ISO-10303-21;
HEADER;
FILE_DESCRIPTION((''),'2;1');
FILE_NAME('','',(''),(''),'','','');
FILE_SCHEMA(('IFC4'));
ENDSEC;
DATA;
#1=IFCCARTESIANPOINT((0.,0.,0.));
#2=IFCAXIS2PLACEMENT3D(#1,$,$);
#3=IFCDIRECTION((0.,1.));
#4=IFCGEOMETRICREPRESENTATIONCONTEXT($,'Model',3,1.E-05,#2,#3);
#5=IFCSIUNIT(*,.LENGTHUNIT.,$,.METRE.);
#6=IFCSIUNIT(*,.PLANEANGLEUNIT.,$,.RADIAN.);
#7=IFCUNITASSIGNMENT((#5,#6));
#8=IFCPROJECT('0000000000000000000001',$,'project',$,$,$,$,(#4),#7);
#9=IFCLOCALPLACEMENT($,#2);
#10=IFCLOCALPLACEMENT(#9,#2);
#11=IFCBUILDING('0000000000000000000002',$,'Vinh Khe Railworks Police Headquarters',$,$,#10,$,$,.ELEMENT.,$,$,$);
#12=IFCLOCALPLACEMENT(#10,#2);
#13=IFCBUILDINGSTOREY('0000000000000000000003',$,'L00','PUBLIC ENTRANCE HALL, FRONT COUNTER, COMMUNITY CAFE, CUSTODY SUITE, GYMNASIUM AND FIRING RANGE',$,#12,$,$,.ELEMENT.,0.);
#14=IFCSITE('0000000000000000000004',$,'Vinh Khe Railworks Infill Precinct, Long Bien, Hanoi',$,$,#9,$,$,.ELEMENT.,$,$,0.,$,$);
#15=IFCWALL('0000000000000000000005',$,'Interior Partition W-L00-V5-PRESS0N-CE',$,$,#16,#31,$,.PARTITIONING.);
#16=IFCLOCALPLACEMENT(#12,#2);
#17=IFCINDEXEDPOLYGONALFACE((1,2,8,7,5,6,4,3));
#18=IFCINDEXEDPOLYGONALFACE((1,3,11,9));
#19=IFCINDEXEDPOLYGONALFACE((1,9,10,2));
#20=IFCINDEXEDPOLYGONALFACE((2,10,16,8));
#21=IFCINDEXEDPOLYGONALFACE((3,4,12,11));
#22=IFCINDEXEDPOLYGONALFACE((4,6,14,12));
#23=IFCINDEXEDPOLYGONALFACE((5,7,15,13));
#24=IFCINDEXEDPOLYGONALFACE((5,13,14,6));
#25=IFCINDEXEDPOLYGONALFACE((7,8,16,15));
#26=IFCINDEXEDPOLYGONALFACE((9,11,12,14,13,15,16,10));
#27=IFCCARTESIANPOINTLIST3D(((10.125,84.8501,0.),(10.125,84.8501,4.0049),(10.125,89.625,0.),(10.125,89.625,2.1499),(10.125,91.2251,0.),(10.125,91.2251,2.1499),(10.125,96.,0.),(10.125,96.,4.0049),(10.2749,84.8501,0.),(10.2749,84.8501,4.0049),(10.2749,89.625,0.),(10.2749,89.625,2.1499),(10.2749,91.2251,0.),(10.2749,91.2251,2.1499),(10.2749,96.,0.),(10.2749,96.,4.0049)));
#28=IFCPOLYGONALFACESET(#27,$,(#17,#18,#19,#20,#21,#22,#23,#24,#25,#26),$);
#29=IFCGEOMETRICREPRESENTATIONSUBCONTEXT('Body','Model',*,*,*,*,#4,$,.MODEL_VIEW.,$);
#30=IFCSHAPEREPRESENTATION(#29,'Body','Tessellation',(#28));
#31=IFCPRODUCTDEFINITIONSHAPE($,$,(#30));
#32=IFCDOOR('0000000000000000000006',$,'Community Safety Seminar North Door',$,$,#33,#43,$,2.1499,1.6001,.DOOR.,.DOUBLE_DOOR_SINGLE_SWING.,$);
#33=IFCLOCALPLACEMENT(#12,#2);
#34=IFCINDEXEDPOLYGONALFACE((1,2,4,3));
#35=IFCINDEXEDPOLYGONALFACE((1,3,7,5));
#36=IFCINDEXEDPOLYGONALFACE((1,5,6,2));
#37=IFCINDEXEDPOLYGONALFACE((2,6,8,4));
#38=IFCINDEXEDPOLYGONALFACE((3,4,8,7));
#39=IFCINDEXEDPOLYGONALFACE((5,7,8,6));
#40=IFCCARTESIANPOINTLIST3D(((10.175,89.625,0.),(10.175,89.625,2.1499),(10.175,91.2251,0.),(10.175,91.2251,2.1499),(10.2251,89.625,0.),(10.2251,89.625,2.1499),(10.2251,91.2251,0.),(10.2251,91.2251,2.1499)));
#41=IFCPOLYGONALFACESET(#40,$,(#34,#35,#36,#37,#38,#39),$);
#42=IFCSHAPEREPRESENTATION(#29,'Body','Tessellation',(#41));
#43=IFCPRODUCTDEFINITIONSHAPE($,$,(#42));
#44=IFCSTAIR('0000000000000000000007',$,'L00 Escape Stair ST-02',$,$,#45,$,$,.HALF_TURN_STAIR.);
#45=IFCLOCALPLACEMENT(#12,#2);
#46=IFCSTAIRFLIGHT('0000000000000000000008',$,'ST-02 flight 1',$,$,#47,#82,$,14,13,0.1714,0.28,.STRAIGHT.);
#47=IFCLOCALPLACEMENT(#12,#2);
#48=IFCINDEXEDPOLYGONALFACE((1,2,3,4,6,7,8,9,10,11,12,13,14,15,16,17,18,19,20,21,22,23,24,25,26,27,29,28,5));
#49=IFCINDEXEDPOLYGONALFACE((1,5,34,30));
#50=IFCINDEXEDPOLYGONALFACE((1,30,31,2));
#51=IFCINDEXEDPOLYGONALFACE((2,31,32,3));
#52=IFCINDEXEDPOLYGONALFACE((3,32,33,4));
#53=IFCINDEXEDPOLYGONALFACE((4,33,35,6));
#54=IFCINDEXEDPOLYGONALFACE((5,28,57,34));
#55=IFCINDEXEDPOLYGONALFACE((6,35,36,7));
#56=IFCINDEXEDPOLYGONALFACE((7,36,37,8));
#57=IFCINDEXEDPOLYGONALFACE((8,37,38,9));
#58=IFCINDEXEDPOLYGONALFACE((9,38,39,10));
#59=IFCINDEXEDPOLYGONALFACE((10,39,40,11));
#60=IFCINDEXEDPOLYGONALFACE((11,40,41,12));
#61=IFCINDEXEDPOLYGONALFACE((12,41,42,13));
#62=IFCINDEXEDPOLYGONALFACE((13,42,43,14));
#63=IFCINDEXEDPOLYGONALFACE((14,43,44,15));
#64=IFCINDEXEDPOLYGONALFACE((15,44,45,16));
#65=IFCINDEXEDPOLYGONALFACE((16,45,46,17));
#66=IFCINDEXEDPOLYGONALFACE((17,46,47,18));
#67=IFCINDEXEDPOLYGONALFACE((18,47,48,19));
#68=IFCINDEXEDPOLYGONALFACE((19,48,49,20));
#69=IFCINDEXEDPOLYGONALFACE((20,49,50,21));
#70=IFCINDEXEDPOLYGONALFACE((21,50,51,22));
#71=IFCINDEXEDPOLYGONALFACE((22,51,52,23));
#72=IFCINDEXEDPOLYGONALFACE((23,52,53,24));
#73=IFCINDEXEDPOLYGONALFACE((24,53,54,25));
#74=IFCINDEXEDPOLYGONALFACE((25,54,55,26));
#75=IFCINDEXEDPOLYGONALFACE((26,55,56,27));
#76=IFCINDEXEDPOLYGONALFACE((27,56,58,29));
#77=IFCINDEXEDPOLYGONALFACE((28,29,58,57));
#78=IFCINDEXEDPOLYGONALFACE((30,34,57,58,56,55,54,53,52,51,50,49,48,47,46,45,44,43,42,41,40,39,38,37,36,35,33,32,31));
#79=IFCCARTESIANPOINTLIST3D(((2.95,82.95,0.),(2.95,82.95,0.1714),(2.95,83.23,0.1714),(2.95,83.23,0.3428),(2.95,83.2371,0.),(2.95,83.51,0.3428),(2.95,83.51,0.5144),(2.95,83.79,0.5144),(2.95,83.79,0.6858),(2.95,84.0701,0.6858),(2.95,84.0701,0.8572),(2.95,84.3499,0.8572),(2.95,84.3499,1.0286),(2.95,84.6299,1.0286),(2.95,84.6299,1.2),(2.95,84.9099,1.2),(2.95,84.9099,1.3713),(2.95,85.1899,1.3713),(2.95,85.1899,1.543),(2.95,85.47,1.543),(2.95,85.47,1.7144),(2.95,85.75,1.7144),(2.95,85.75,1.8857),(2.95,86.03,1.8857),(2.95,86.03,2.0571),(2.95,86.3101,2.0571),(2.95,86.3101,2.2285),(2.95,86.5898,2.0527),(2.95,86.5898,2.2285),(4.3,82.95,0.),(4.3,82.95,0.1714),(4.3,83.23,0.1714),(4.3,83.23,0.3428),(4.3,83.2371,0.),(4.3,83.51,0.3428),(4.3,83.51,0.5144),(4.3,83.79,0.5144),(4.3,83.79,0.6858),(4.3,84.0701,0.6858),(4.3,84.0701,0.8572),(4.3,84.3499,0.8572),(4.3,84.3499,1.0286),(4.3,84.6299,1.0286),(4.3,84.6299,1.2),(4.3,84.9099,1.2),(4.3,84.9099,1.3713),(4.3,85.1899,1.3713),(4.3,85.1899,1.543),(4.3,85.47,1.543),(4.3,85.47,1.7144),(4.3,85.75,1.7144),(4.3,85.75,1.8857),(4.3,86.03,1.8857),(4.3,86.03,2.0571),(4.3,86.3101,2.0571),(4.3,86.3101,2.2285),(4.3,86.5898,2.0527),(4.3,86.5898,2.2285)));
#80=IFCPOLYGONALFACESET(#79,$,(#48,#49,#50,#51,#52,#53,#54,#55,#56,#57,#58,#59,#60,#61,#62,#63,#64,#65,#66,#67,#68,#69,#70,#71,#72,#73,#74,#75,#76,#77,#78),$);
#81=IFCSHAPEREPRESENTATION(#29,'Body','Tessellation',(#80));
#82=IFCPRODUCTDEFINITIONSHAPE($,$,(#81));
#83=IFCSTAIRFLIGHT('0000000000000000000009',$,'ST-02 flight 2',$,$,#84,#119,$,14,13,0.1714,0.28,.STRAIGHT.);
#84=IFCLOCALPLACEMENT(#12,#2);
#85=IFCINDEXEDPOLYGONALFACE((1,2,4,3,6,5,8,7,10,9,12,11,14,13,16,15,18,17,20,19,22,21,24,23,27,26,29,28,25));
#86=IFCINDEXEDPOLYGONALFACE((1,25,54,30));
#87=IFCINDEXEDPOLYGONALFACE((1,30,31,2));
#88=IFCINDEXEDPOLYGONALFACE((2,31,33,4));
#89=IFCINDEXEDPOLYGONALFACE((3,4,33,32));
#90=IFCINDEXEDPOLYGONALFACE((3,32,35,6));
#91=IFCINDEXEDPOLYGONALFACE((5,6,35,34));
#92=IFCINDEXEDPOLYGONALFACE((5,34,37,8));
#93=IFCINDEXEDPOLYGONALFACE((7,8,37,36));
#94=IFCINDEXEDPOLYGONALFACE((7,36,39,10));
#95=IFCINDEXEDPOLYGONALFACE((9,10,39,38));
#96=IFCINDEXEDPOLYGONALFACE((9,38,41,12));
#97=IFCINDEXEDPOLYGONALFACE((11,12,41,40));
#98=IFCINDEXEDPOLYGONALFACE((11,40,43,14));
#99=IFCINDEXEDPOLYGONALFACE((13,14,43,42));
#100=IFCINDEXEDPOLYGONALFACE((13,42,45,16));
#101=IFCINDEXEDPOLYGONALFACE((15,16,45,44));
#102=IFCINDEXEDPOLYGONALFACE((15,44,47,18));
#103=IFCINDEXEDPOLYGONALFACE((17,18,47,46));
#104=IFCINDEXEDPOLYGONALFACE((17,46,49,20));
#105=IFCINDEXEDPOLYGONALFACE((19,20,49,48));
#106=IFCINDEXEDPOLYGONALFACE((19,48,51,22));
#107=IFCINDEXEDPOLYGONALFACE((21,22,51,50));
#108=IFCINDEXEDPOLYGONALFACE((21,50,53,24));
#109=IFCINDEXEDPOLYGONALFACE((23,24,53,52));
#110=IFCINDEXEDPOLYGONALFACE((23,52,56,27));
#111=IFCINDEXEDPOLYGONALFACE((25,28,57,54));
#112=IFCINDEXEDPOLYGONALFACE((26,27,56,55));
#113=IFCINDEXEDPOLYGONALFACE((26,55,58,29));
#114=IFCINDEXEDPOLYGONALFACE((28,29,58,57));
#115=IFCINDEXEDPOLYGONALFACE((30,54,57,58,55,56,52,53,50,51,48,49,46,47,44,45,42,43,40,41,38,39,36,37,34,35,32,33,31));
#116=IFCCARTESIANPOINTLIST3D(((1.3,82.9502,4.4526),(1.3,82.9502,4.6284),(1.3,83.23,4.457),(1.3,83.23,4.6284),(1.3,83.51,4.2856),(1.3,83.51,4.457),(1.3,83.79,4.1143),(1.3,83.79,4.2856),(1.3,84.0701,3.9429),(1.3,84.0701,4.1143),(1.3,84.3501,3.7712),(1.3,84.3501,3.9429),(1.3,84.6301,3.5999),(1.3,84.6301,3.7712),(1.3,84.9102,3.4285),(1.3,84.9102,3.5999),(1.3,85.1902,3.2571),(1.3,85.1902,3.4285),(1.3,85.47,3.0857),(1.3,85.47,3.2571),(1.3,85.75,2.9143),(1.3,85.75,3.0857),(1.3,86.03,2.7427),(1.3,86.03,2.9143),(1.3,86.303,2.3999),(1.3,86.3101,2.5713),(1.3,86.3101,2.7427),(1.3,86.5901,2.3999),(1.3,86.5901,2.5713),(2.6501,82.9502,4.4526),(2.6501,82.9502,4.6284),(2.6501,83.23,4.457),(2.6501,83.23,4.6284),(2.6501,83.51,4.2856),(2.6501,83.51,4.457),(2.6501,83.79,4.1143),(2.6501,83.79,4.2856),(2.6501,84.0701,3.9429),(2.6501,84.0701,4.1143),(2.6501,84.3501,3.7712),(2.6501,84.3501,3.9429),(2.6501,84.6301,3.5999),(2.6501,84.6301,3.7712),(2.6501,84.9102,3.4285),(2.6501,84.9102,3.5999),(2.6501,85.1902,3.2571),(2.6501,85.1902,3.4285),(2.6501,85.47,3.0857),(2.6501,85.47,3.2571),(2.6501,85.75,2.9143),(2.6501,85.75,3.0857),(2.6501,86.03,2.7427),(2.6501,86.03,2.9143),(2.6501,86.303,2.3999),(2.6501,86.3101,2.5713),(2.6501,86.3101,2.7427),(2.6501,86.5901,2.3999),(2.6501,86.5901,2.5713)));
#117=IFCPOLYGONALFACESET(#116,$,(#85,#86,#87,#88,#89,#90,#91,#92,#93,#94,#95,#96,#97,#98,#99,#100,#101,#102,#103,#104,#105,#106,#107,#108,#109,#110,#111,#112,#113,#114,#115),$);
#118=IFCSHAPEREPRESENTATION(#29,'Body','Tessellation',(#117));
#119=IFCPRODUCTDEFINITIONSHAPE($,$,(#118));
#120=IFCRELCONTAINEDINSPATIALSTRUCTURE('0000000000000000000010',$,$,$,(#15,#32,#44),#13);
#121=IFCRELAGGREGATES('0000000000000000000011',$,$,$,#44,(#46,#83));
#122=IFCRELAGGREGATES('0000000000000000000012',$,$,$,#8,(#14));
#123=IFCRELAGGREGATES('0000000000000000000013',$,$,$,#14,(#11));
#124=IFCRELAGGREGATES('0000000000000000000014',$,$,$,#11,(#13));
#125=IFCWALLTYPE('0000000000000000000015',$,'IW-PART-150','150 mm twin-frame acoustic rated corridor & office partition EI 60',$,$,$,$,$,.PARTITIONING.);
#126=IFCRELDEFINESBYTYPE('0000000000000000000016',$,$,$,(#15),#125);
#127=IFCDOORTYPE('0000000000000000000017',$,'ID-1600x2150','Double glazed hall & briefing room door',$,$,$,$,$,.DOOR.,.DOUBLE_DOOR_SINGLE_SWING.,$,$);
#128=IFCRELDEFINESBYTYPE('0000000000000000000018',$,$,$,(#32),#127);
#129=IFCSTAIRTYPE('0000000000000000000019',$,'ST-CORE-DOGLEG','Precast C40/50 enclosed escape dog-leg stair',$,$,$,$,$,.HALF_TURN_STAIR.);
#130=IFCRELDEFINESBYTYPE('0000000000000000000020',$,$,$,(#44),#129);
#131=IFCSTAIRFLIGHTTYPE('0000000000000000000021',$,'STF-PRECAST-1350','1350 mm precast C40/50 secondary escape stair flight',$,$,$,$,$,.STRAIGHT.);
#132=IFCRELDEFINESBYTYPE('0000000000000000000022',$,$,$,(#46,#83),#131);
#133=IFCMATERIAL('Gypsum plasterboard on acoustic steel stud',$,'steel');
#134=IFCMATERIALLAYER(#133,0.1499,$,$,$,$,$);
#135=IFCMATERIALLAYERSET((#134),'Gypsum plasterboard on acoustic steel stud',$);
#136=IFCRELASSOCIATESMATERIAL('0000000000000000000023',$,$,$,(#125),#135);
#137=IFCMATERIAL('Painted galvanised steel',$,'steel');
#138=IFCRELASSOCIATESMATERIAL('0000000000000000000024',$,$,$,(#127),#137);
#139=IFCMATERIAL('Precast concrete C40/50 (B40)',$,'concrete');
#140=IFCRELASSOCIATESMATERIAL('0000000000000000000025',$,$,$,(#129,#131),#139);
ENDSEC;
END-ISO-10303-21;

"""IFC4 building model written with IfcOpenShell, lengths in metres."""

from ifc_helpers import new_model, si_unit, direction, frame, frame_2d, origin, place, context, subcontext, project, spatial, polyline, rectangle, outline, extrude, material, layer, layer_set, type_object, element, fill, aggregate, save


model = new_model("IFC4")

# Units and contexts
model_context = context("Model", 3, precision=1e-05, world=origin(), true_north=direction((0.0, 1.0)))
body_context = subcontext(model_context, "Body", "Model", "MODEL_VIEW")
ifc_project = project(units=[si_unit("LENGTHUNIT", "METRE"), si_unit("PLANEANGLEUNIT", "RADIAN")], contexts=[model_context])

# Site, building, storey
site_placement = place(None, origin())
site = spatial("IfcSite", under=ifc_project, at=site_placement, Name="Vinh Khe Railworks Infill Precinct, Long Bien, Hanoi", CompositionType="ELEMENT", RefElevation=0.0)
building_placement = place(site_placement, origin())
building = spatial("IfcBuilding", under=site, at=building_placement, Name="Vinh Khe Railworks Police Headquarters", CompositionType="ELEMENT")
storey_placement = place(building_placement, origin())
storey = spatial("IfcBuildingStorey", under=building, at=storey_placement, Name="L00", Description="PUBLIC ENTRANCE HALL, FRONT COUNTER, COMMUNITY CAFE, CUSTODY SUITE, GYMNASIUM AND FIRING RANGE", CompositionType="ELEMENT", Elevation=0.0)

# Wall, opening, door
ifc_material_1 = material(Name="Painted galvanised steel", Category="steel")
ifc_material_2 = material(Name="Gypsum plasterboard on acoustic steel stud", Category="steel")
ifc_layer_1 = layer(ifc_material_2, 0.1499)
ifc_layer_set_1 = layer_set([ifc_layer_1], Name="Gypsum plasterboard on acoustic steel stud")
wall_type_1 = type_object("IfcWallType", Name="IW-PART-150", Description="150 mm twin-frame acoustic rated corridor & office partition EI 60", PredefinedType="PARTITIONING", material=ifc_layer_set_1)
wall_1_placement = place(storey_placement, frame((10.2, 84.8501, 0.0), z_axis=(0.0, 0.0, 1.0), x_axis=(0.0, 1.0, 0.0)))
wall_1 = element("IfcWall", 1, at=wall_1_placement, inside=storey, type_object=wall_type_1, Name="Interior Partition W-L00-V5-PRESS0N-CE", PredefinedType="PARTITIONING", context=body_context, shape_type="SweptSolid", body=[
    extrude(rectangle(XDim=11.1499, YDim=0.1499, at=frame_2d((5.575, 0.0))), origin(), (0.0, 0.0, 1.0), 4.0049),
])
opening_1_placement = place(wall_1_placement, frame((4.7749, 0.0, 0.0)))
opening_1 = element("IfcOpeningElement", 2, at=opening_1_placement, cuts=wall_1, PredefinedType="OPENING", context=body_context, shape_type="SweptSolid", body=[
    extrude(rectangle(XDim=1.6001, YDim=2.1499, at=frame_2d((0.8, 1.075))), frame((0.0, 0.0898, 0.0), z_axis=(0.0, -1.0, 0.0), x_axis=(1.0, 0.0, 0.0)), (0.0, 0.0, 1.0), 0.1797),
])
door_type_1 = type_object("IfcDoorType", Name="ID-1600x2150", Description="Double glazed hall & briefing room door", OperationType="DOUBLE_DOOR_SINGLE_SWING", PredefinedType="DOOR", material=ifc_material_1)
door_1_placement = place(opening_1_placement, origin())
door_1 = element("IfcDoor", 3, at=door_1_placement, inside=storey, type_object=door_type_1, Name="Community Safety Seminar North Door", OperationType="DOUBLE_DOOR_SINGLE_SWING", OverallHeight=2.1499, OverallWidth=1.6001, PredefinedType="DOOR", context=body_context, shape_type="SweptSolid", body=[
    extrude(rectangle(XDim=1.6001, YDim=2.1499, at=frame_2d((0.8, 1.075))), frame((0.0, 0.0249, 0.0), z_axis=(0.0, -1.0, 0.0), x_axis=(1.0, 0.0, 0.0)), (0.0, 0.0, 1.0), 0.05),
])
fill(opening_1, door_1)

# Stair, stair flights
ifc_material_3 = material(Name="Precast concrete C40/50 (B40)", Category="concrete")
stair_type = type_object("IfcStairType", Name="ST-CORE-DOGLEG", Description="Precast C40/50 enclosed escape dog-leg stair", PredefinedType="HALF_TURN_STAIR", material=ifc_material_3)
stair_placement = place(storey_placement, origin())
stair = element("IfcStair", 4, at=stair_placement, inside=storey, type_object=stair_type, Name="L00 Escape Stair ST-02", PredefinedType="HALF_TURN_STAIR")
stair_flight_type = type_object("IfcStairFlightType", Name="STF-PRECAST-1350", Description="1350 mm precast C40/50 secondary escape stair flight", PredefinedType="STRAIGHT", material=ifc_material_3)
stair_flight_1_placement = place(storey_placement, frame((3.625, 82.95, 0.0), z_axis=(0.0, 0.0, 1.0), x_axis=(0.0, 1.0, 0.0)))
stair_flight_1 = element("IfcStairFlight", 5, at=stair_flight_1_placement, type_object=stair_flight_type, Name="ST-02 flight 1", NumberOfRisers=14, NumberOfTreads=13, PredefinedType="STRAIGHT", RiserHeight=0.1714, TreadLength=0.28, context=body_context, shape_type="SweptSolid", body=[
    extrude(outline(polyline([(0.0, 0.0), (0.0, 0.1714), (0.28, 0.1714), (0.28, 0.3428), (0.5601, 0.3428), (0.5601, 0.5144), (0.8401, 0.5144), (0.8401, 0.6858), (1.1201, 0.6858), (1.1201, 0.8572), (1.3999, 0.8572), (1.3999, 1.0286), (1.6799, 1.0286), (1.6799, 1.2), (1.96, 1.2), (1.96, 1.3713), (2.24, 1.3713), (2.24, 1.543), (2.52, 1.543), (2.52, 1.7144), (2.8, 1.7144), (2.8, 1.8857), (3.0801, 1.8857), (3.0801, 2.0571), (3.3601, 2.0571), (3.3601, 2.2285), (3.6399, 2.2285), (3.6399, 2.3999), (3.6399, 2.0527), (0.2871, 0.0), (0.0, 0.0)])), frame((0.0, 0.675, 0.0), z_axis=(0.0, -1.0, 0.0), x_axis=(1.0, 0.0, 0.0)), (0.0, 0.0, 1.0), 1.3501),
])
stair_flight_2_placement = place(storey_placement, frame((1.9751, 86.5901, 2.3999), z_axis=(0.0, 0.0, 1.0), x_axis=(0.0, -1.0, 0.0)))
stair_flight_2 = element("IfcStairFlight", 6, at=stair_flight_2_placement, type_object=stair_flight_type, Name="ST-02 flight 2", NumberOfRisers=14, NumberOfTreads=13, PredefinedType="STRAIGHT", RiserHeight=0.1714, TreadLength=0.28, context=body_context, shape_type="SweptSolid", body=[
    extrude(outline(polyline([(0.0, 0.0), (0.0, 0.1714), (0.28, 0.1714), (0.28, 0.3428), (0.5601, 0.3428), (0.5601, 0.5144), (0.8401, 0.5144), (0.8401, 0.6858), (1.1201, 0.6858), (1.1201, 0.8572), (1.3999, 0.8572), (1.3999, 1.0286), (1.6799, 1.0286), (1.6799, 1.2), (1.96, 1.2), (1.96, 1.3713), (2.24, 1.3713), (2.24, 1.543), (2.52, 1.543), (2.52, 1.7144), (2.8, 1.7144), (2.8, 1.8857), (3.0801, 1.8857), (3.0801, 2.0571), (3.3601, 2.0571), (3.3601, 2.2285), (3.6399, 2.2285), (3.6399, 2.3999), (3.6399, 2.0527), (0.2871, 0.0), (0.0, 0.0)])), frame((0.0, 0.675, 0.0), z_axis=(0.0, -1.0, 0.0), x_axis=(1.0, 0.0, 0.0)), (0.0, 0.0, 1.0), 1.3501),
])
aggregate(stair, [stair_flight_1, stair_flight_2])

save(model, "model.ifc")
